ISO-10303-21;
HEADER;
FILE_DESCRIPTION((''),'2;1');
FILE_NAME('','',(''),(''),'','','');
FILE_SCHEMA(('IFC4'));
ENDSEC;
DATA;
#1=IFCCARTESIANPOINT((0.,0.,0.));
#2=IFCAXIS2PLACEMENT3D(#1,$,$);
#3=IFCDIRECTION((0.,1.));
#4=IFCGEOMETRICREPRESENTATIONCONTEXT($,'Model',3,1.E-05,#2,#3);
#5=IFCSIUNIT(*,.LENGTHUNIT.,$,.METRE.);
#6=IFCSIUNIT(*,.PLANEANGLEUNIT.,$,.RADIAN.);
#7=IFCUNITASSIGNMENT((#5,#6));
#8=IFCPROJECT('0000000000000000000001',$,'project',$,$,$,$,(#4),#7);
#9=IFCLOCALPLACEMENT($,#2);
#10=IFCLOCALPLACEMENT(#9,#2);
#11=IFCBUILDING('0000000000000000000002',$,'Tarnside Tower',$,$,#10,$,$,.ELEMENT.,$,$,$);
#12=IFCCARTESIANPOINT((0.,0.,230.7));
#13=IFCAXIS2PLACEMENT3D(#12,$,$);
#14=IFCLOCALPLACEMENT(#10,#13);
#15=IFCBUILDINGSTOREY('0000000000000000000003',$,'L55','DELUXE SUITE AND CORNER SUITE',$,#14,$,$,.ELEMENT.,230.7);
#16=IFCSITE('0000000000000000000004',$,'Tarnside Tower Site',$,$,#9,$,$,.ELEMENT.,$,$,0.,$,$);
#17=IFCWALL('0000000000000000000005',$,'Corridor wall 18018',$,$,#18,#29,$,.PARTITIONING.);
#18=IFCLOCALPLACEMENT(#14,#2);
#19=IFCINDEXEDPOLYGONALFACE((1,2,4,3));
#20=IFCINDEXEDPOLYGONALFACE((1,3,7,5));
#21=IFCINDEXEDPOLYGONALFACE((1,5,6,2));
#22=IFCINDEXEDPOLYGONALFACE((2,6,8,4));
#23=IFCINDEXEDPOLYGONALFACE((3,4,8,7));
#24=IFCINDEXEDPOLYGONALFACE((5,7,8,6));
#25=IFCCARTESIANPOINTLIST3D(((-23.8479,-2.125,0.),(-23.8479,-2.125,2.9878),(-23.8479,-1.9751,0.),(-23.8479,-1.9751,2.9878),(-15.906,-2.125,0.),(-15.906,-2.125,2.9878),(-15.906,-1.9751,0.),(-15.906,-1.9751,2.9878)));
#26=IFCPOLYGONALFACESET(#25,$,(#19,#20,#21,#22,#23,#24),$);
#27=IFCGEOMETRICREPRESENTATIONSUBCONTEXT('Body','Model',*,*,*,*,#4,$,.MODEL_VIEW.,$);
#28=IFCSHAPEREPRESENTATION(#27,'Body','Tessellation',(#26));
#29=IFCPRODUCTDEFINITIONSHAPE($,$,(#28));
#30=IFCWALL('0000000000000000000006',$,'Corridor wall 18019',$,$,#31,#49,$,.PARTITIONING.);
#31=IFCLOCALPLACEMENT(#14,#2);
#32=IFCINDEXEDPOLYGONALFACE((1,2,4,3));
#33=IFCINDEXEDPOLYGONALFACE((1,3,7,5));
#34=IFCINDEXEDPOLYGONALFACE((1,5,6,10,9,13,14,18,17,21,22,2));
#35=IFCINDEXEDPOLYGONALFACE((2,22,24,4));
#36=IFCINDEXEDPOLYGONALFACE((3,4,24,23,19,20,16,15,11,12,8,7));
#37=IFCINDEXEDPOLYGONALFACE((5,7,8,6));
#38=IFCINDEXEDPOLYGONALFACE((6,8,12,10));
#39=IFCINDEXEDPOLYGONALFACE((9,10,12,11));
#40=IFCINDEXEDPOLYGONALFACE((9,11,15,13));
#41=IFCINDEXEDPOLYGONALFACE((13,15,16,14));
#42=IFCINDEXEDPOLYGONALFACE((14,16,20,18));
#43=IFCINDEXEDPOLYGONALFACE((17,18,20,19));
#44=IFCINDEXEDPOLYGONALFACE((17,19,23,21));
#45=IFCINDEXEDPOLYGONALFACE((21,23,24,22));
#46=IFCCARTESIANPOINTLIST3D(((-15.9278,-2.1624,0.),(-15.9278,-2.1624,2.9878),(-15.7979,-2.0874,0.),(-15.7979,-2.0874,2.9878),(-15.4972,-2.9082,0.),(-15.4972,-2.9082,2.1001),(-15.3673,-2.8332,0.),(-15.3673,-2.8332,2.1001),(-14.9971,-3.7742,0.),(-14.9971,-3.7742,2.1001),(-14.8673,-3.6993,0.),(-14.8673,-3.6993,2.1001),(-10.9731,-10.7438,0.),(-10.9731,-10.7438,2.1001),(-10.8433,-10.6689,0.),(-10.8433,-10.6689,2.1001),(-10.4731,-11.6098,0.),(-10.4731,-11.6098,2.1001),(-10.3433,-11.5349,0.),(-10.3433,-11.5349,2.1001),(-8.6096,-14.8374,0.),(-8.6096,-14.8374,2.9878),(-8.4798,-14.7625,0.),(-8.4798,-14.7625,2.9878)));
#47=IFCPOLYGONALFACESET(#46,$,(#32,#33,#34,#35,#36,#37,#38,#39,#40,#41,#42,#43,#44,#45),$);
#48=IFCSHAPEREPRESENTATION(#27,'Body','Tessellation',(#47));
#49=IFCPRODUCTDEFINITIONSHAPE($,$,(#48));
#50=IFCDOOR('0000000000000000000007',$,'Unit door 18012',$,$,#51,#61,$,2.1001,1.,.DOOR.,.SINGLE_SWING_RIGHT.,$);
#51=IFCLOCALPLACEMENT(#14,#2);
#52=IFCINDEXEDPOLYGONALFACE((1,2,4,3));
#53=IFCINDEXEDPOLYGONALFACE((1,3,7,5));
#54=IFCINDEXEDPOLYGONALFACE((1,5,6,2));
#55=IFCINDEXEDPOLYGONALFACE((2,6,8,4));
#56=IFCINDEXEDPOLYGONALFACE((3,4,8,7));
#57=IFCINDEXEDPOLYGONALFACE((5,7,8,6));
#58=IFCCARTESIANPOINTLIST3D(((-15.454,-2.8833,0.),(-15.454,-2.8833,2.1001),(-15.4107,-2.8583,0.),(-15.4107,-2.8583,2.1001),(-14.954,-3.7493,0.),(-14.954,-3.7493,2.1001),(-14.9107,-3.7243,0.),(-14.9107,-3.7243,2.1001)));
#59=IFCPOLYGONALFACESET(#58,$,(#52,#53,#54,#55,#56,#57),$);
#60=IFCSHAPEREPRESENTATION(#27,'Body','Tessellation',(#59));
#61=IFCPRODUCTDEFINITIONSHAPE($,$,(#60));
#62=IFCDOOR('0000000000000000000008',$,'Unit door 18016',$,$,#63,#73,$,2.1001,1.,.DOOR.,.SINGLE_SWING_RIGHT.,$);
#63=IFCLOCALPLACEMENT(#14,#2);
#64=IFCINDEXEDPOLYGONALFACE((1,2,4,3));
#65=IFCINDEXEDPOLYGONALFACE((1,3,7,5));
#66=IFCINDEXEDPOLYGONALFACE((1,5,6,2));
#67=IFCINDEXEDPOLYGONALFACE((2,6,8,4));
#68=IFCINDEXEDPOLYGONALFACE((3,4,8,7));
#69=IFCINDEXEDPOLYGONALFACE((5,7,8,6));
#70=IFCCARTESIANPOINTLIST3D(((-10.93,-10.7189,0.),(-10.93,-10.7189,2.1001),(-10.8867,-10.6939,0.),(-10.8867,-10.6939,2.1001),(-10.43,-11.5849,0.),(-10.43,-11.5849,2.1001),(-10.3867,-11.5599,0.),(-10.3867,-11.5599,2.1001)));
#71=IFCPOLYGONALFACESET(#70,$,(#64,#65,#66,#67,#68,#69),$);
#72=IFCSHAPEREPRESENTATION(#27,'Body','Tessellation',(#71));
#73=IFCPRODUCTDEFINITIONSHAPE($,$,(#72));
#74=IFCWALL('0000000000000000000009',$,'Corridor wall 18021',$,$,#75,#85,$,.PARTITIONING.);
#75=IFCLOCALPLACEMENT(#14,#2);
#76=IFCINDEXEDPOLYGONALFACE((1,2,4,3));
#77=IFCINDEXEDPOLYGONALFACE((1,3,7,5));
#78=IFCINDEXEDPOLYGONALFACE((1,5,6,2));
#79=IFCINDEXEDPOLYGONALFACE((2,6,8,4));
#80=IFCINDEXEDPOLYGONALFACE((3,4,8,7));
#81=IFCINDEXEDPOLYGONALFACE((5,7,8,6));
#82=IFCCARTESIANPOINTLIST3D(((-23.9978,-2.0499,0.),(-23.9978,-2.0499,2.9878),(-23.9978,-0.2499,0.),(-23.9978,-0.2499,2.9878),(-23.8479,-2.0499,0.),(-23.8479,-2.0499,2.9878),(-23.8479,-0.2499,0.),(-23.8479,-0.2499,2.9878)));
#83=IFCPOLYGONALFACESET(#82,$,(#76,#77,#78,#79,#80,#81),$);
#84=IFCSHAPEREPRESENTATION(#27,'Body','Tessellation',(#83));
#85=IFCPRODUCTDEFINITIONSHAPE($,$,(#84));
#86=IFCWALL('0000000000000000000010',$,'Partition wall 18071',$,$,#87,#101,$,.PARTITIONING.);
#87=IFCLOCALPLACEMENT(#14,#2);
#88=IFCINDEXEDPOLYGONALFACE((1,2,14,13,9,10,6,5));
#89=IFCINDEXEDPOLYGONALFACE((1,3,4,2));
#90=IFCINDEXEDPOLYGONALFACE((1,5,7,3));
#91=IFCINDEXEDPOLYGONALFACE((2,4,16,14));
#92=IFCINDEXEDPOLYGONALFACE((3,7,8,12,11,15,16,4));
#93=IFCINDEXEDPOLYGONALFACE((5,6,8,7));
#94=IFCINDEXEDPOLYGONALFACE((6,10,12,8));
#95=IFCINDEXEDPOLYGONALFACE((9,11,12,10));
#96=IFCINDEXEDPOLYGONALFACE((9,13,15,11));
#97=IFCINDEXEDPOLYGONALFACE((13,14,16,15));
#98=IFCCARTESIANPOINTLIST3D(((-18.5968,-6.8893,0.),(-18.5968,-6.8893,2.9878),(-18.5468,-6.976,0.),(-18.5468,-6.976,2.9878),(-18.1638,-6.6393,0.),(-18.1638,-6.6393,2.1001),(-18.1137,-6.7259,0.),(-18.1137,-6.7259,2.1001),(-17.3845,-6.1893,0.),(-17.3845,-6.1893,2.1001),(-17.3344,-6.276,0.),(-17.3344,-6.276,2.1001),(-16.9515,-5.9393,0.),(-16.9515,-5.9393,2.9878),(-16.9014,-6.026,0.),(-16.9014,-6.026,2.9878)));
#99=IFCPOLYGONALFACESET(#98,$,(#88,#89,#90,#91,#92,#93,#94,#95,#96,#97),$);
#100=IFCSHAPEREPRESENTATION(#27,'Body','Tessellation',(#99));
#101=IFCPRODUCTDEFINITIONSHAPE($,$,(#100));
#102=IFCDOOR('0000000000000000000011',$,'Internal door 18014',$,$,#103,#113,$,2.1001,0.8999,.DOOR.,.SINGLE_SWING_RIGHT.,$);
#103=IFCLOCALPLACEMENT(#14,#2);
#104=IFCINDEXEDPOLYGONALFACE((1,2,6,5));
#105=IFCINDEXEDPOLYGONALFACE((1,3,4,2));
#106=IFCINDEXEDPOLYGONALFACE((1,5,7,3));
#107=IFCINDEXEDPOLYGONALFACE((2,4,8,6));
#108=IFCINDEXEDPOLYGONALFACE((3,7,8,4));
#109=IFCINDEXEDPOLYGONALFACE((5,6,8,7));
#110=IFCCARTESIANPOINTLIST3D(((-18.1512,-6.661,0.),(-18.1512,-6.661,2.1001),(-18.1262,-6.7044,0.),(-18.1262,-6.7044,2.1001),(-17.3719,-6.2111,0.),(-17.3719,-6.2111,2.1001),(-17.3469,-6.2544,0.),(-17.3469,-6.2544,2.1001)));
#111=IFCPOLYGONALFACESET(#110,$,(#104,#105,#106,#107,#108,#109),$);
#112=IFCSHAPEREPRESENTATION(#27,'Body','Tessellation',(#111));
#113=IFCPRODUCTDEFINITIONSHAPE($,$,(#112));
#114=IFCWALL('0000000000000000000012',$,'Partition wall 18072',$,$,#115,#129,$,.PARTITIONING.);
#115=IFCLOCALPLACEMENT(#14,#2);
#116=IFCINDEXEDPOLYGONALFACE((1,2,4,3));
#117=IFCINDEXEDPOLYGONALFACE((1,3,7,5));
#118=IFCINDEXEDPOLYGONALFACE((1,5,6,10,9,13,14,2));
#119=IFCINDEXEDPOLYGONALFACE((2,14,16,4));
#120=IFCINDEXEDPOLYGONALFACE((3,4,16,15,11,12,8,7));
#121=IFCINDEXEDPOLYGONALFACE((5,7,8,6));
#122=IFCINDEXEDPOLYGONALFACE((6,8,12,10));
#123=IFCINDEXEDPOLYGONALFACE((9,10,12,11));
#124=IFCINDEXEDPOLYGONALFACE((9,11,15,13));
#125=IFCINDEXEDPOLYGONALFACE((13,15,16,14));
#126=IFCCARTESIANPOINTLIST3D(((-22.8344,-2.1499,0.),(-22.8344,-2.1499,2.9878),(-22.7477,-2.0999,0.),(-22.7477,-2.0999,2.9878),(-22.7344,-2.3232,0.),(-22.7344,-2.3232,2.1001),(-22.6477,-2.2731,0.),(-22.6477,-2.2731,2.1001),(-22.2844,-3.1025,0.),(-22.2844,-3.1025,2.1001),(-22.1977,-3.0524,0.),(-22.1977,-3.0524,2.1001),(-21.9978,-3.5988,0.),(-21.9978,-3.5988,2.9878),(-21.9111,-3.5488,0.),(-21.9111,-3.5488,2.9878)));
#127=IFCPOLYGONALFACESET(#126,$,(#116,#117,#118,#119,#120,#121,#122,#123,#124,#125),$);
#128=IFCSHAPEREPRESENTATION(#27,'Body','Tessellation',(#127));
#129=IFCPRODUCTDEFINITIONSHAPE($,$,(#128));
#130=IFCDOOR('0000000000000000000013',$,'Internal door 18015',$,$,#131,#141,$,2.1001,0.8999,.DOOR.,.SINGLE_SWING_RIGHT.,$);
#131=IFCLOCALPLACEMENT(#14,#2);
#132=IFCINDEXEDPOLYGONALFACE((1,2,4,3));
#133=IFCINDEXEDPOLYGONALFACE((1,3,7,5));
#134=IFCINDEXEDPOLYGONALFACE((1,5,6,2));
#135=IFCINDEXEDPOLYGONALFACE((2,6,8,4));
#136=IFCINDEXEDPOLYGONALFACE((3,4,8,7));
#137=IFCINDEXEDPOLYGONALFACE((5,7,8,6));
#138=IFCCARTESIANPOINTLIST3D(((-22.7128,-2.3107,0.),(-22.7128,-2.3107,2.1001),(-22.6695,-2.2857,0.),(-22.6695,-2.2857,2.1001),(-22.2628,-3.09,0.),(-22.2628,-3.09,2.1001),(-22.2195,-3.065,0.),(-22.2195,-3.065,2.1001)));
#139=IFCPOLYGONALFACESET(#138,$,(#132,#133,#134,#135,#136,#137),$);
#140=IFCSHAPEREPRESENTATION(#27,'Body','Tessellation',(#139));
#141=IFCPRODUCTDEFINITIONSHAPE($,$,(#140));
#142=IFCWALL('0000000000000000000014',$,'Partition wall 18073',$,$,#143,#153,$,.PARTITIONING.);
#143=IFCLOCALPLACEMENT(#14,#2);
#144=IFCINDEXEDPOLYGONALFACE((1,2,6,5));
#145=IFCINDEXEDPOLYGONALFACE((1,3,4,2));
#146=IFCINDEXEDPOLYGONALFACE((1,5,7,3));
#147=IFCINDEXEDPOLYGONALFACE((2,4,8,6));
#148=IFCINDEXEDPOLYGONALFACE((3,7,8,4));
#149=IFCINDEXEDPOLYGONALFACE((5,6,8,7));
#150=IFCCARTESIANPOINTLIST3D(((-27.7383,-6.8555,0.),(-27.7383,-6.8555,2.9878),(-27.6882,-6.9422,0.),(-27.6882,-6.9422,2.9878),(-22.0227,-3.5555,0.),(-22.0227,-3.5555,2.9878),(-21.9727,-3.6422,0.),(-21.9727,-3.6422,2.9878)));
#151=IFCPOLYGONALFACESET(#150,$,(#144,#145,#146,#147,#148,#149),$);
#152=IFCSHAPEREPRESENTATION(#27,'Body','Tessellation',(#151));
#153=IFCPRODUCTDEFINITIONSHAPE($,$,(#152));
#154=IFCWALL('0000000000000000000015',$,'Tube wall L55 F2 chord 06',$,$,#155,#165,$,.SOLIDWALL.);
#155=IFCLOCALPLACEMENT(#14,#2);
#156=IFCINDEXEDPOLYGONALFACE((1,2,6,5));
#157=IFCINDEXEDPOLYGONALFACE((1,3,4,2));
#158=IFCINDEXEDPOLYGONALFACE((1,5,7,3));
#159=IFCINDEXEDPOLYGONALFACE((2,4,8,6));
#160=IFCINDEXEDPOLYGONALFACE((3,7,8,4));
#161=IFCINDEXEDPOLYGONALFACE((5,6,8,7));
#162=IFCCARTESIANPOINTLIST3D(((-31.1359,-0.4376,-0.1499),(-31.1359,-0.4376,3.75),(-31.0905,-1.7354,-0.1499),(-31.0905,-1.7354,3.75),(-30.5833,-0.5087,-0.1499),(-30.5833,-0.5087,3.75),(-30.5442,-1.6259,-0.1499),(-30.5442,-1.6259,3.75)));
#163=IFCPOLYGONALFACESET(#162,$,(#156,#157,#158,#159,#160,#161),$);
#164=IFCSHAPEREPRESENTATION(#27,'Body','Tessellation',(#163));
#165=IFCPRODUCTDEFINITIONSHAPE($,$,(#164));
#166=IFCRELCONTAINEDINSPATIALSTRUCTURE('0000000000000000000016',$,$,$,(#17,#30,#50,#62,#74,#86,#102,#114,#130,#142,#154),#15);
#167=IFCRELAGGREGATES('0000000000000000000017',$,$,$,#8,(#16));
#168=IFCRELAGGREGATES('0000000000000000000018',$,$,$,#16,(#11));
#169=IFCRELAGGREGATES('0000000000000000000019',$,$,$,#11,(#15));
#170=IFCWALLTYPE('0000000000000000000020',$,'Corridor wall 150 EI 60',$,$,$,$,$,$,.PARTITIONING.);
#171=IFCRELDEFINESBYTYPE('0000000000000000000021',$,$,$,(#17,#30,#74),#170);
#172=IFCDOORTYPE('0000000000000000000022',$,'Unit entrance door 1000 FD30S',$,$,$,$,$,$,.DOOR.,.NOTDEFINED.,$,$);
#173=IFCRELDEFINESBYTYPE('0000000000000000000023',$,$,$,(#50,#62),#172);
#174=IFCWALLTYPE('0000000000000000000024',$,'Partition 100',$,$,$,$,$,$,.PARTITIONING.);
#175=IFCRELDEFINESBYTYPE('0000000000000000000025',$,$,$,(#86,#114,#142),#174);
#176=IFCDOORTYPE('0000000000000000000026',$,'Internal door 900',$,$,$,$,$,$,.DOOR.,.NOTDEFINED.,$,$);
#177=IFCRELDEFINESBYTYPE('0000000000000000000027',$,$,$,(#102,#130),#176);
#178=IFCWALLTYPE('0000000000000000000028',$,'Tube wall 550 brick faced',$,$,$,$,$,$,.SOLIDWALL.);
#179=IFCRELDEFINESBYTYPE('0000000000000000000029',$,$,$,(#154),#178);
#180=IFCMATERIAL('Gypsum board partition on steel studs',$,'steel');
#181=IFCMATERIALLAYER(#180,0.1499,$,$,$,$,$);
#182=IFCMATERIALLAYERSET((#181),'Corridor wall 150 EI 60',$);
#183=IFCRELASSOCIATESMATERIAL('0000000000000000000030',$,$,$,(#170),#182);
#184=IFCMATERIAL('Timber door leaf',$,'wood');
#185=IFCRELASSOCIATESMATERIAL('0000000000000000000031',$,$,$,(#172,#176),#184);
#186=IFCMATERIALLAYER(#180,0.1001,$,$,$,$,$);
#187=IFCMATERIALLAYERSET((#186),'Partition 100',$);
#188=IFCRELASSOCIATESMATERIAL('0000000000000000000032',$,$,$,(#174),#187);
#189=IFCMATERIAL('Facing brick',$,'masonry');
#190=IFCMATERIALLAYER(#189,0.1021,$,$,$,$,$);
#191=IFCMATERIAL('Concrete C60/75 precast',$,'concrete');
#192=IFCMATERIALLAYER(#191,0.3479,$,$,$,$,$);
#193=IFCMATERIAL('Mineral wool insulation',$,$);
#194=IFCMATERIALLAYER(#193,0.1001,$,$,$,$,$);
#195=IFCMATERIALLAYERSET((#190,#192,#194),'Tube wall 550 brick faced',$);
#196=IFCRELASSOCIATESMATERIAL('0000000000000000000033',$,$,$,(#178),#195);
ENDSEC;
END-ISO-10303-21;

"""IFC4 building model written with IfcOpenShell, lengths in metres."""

from ifc_helpers import new_model, si_unit, direction, frame, frame_2d, origin, place, context, subcontext, project, spatial, polyline, rectangle, outline, extrude, material, layer, layer_set, type_object, element, fill, save


model = new_model("IFC4")

# Units and contexts
model_context = context("Model", 3, precision=1e-05, world=origin(), true_north=direction((0.0, 1.0)))
body_context = subcontext(model_context, "Body", "Model", "MODEL_VIEW")
ifc_project = project(units=[si_unit("LENGTHUNIT", "METRE"), si_unit("PLANEANGLEUNIT", "RADIAN")], contexts=[model_context])

# Site, building, storey
site_placement = place(None, origin())
site = spatial("IfcSite", under=ifc_project, at=site_placement, Name="Tarnside Tower Site", CompositionType="ELEMENT", RefElevation=0.0)
building_placement = place(site_placement, origin())
building = spatial("IfcBuilding", under=site, at=building_placement, Name="Tarnside Tower", CompositionType="ELEMENT")
storey_placement = place(building_placement, frame((0.0, 0.0, 230.7)))
storey = spatial("IfcBuildingStorey", under=building, at=storey_placement, Name="L55", Description="DELUXE SUITE AND CORNER SUITE", CompositionType="ELEMENT", Elevation=230.7)

# Shared definitions
ifc_material_1 = material(Name="Gypsum board partition on steel studs", Category="steel")
ifc_material_2 = material(Name="Timber door leaf", Category="wood")

# Wall
ifc_layer_1 = layer(ifc_material_1, 0.1499)
ifc_layer_set_1 = layer_set([ifc_layer_1], Name="Corridor wall 150 EI 60")
wall_type_1 = type_object("IfcWallType", Name="Corridor wall 150 EI 60", PredefinedType="PARTITIONING", material=ifc_layer_set_1)
wall_1_placement = place(storey_placement, frame((-23.8479, -2.05, 0.0), z_axis=(0.0, 0.0, 1.0), x_axis=(1.0, 0.0, 0.0)))
element("IfcWall", 1, at=wall_1_placement, inside=storey, type_object=wall_type_1, Name="Corridor wall 18018", PredefinedType="PARTITIONING", context=body_context, shape_type="SweptSolid", body=[
    extrude(rectangle(XDim=7.9419, YDim=0.1499, at=frame_2d((3.9709, 0.0))), origin(), (0.0, 0.0, 1.0), 2.9878),
])

# Wall, openings, doors
wall_2_placement = place(storey_placement, frame((-15.8628, -2.125, 0.0), z_axis=(0.0, 0.0, 1.0), x_axis=(0.500009, -0.86602, 0.0)))
wall_2 = element("IfcWall", 2, at=wall_2_placement, inside=storey, type_object=wall_type_1, Name="Corridor wall 18019", PredefinedType="PARTITIONING", context=body_context, shape_type="SweptSolid", body=[
    extrude(rectangle(XDim=14.636, YDim=0.1499, at=frame_2d((7.3179, 0.0))), origin(), (0.0, 0.0, 1.0), 2.9878),
])
opening_1_placement = place(wall_2_placement, frame((0.8611, 0.0, 0.0)))
opening_1 = element("IfcOpeningElement", 3, at=opening_1_placement, cuts=wall_2, PredefinedType="OPENING", context=body_context, shape_type="SweptSolid", body=[
    extrude(rectangle(XDim=1.0, YDim=2.1001, at=frame_2d((0.5, 1.05))), frame((0.0, 0.085, 0.0), z_axis=(0.0, -1.0, 0.0), x_axis=(1.0, 0.0, 0.0)), (0.0, 0.0, 1.0), 0.1699),
])
opening_2_placement = place(wall_2_placement, frame((9.9089, 0.0, 0.0)))
opening_2 = element("IfcOpeningElement", 4, at=opening_2_placement, cuts=wall_2, PredefinedType="OPENING", context=body_context, shape_type="SweptSolid", body=[
    extrude(rectangle(XDim=1.0, YDim=2.1001, at=frame_2d((0.5, 1.05))), frame((0.0, 0.085, 0.0), z_axis=(0.0, -1.0, 0.0), x_axis=(1.0, 0.0, 0.0)), (0.0, 0.0, 1.0), 0.1699),
])
door_type_1 = type_object("IfcDoorType", Name="Unit entrance door 1000 FD30S", OperationType="NOTDEFINED", PredefinedType="DOOR", material=ifc_material_2)
door_1_placement = place(opening_1_placement, origin())
door_1 = element("IfcDoor", 5, at=door_1_placement, inside=storey, type_object=door_type_1, Name="Unit door 18012", OperationType="SINGLE_SWING_RIGHT", OverallHeight=2.1001, OverallWidth=1.0, PredefinedType="DOOR", context=body_context, shape_type="SweptSolid", body=[
    extrude(rectangle(XDim=1.0, YDim=2.1001, at=frame_2d((0.5, 1.05))), frame((0.0, 0.0249, 0.0), z_axis=(0.0, -1.0, 0.0), x_axis=(1.0, 0.0, 0.0)), (0.0, 0.0, 1.0), 0.05),
])
fill(opening_1, door_1)
door_2_placement = place(opening_2_placement, origin())
door_2 = element("IfcDoor", 6, at=door_2_placement, inside=storey, type_object=door_type_1, Name="Unit door 18016", OperationType="SINGLE_SWING_RIGHT", OverallHeight=2.1001, OverallWidth=1.0, PredefinedType="DOOR", context=body_context, shape_type="SweptSolid", body=[
    extrude(rectangle(XDim=1.0, YDim=2.1001, at=frame_2d((0.5, 1.05))), frame((0.0, 0.0249, 0.0), z_axis=(0.0, -1.0, 0.0), x_axis=(1.0, 0.0, 0.0)), (0.0, 0.0, 1.0), 0.05),
])
fill(opening_2, door_2)

# Wall
wall_3_placement = place(storey_placement, frame((-23.9229, -0.25, 0.0), z_axis=(0.0, 0.0, 1.0), x_axis=(0.0, -1.0, 0.0)))
element("IfcWall", 7, at=wall_3_placement, inside=storey, type_object=wall_type_1, Name="Corridor wall 18021", PredefinedType="PARTITIONING", context=body_context, shape_type="SweptSolid", body=[
    extrude(rectangle(XDim=1.8, YDim=0.1499, at=frame_2d((0.8999, 0.0))), origin(), (0.0, 0.0, 1.0), 2.9878),
])

# Walls, openings, doors
ifc_layer_2 = layer(ifc_material_1, 0.1001)
ifc_layer_set_2 = layer_set([ifc_layer_2], Name="Partition 100")
wall_type_2 = type_object("IfcWallType", Name="Partition 100", PredefinedType="PARTITIONING", material=ifc_layer_set_2)
wall_4_placement = place(storey_placement, frame((-18.5718, -6.9326, 0.0), z_axis=(0.0, 0.0, 1.0), x_axis=(0.866012, 0.500023, 0.0)))
wall_4 = element("IfcWall", 8, at=wall_4_placement, inside=storey, type_object=wall_type_2, Name="Partition wall 18071", PredefinedType="PARTITIONING", context=body_context, shape_type="SweptSolid", body=[
    extrude(rectangle(XDim=1.8999, YDim=0.1001, at=frame_2d((0.95, 0.0))), origin(), (0.0, 0.0, 1.0), 2.9878),
])
opening_3_placement = place(wall_4_placement, frame((0.5, 0.0, 0.0)))
opening_3 = element("IfcOpeningElement", 9, at=opening_3_placement, cuts=wall_4, PredefinedType="OPENING", context=body_context, shape_type="SweptSolid", body=[
    extrude(rectangle(XDim=0.8999, YDim=2.1001, at=frame_2d((0.45, 1.05))), frame((0.0, 0.0601, 0.0), z_axis=(0.0, -1.0, 0.0), x_axis=(1.0, 0.0, 0.0)), (0.0, 0.0, 1.0), 0.1201),
])
door_type_2 = type_object("IfcDoorType", Name="Internal door 900", OperationType="NOTDEFINED", PredefinedType="DOOR", material=ifc_material_2)
door_3_placement = place(opening_3_placement, origin())
door_3 = element("IfcDoor", 10, at=door_3_placement, inside=storey, type_object=door_type_2, Name="Internal door 18014", OperationType="SINGLE_SWING_RIGHT", OverallHeight=2.1001, OverallWidth=0.8999, PredefinedType="DOOR", context=body_context, shape_type="SweptSolid", body=[
    extrude(rectangle(XDim=0.8999, YDim=2.1001, at=frame_2d((0.45, 1.05))), frame((0.0, 0.0249, 0.0), z_axis=(0.0, -1.0, 0.0), x_axis=(1.0, 0.0, 0.0)), (0.0, 0.0, 1.0), 0.05),
])
fill(opening_3, door_3)
wall_5_placement = place(storey_placement, frame((-22.791, -2.125, 0.0), z_axis=(0.0, 0.0, 1.0), x_axis=(0.500047, -0.865998, 0.0)))
wall_5 = element("IfcWall", 11, at=wall_5_placement, inside=storey, type_object=wall_type_2, Name="Partition wall 18072", PredefinedType="PARTITIONING", context=body_context, shape_type="SweptSolid", body=[
    extrude(rectangle(XDim=1.6731, YDim=0.1001, at=frame_2d((0.8364, 0.0))), origin(), (0.0, 0.0, 1.0), 2.9878),
])
opening_4_placement = place(wall_5_placement, frame((0.2, 0.0, 0.0)))
opening_4 = element("IfcOpeningElement", 12, at=opening_4_placement, cuts=wall_5, PredefinedType="OPENING", context=body_context, shape_type="SweptSolid", body=[
    extrude(rectangle(XDim=0.8999, YDim=2.1001, at=frame_2d((0.45, 1.05))), frame((0.0, 0.0601, 0.0), z_axis=(0.0, -1.0, 0.0), x_axis=(1.0, 0.0, 0.0)), (0.0, 0.0, 1.0), 0.1201),
])
door_4_placement = place(opening_4_placement, origin())
door_4 = element("IfcDoor", 13, at=door_4_placement, inside=storey, type_object=door_type_2, Name="Internal door 18015", OperationType="SINGLE_SWING_RIGHT", OverallHeight=2.1001, OverallWidth=0.8999, PredefinedType="DOOR", context=body_context, shape_type="SweptSolid", body=[
    extrude(rectangle(XDim=0.8999, YDim=2.1001, at=frame_2d((0.45, 1.05))), frame((0.0, 0.0249, 0.0), z_axis=(0.0, -1.0, 0.0), x_axis=(1.0, 0.0, 0.0)), (0.0, 0.0, 1.0), 0.05),
])
fill(opening_4, door_4)

# Walls
wall_6_placement = place(storey_placement, frame((-21.9978, -3.5989, 0.0), z_axis=(0.0, 0.0, 1.0), x_axis=(-0.866015, -0.500018, 0.0)))
element("IfcWall", 14, at=wall_6_placement, inside=storey, type_object=wall_type_2, Name="Partition wall 18073", PredefinedType="PARTITIONING", context=body_context, shape_type="SweptSolid", body=[
    extrude(rectangle(XDim=6.5999, YDim=0.1001, at=frame_2d((3.2998, 0.0))), origin(), (0.0, 0.0, 1.0), 2.9878),
])
ifc_material_3 = material(Name="Facing brick", Category="masonry")
ifc_layer_3 = layer(ifc_material_3, 0.1021)
ifc_material_4 = material(Name="Concrete C60/75 precast", Category="concrete")
ifc_layer_4 = layer(ifc_material_4, 0.3479)
ifc_material_5 = material(Name="Mineral wool insulation")
ifc_layer_5 = layer(ifc_material_5, 0.1001)
ifc_layer_set_3 = layer_set([ifc_layer_3, ifc_layer_4, ifc_layer_5], Name="Tube wall 550 brick faced")
wall_type_3 = type_object("IfcWallType", Name="Tube wall 550 brick faced", PredefinedType="SOLIDWALL", material=ifc_layer_set_3)
wall_7_placement = place(storey_placement, frame((-30.8596, -0.4731, -0.1499), z_axis=(0.0, 0.0, 1.0), x_axis=(0.034956, -0.999389, 0.0)))
element("IfcWall", 15, at=wall_7_placement, inside=storey, type_object=wall_type_3, Name="Tube wall L55 F2 chord 06", PredefinedType="SOLIDWALL", context=body_context, shape_type="SweptSolid", body=[
    extrude(outline(polyline([(-0.0452, -0.2749), (1.2534, -0.2749), (1.1631, 0.2749), (0.0452, 0.2749), (-0.0452, -0.2749)])), origin(), (0.0, 0.0, 1.0), 3.8999),
])

save(model, "model.ifc")
